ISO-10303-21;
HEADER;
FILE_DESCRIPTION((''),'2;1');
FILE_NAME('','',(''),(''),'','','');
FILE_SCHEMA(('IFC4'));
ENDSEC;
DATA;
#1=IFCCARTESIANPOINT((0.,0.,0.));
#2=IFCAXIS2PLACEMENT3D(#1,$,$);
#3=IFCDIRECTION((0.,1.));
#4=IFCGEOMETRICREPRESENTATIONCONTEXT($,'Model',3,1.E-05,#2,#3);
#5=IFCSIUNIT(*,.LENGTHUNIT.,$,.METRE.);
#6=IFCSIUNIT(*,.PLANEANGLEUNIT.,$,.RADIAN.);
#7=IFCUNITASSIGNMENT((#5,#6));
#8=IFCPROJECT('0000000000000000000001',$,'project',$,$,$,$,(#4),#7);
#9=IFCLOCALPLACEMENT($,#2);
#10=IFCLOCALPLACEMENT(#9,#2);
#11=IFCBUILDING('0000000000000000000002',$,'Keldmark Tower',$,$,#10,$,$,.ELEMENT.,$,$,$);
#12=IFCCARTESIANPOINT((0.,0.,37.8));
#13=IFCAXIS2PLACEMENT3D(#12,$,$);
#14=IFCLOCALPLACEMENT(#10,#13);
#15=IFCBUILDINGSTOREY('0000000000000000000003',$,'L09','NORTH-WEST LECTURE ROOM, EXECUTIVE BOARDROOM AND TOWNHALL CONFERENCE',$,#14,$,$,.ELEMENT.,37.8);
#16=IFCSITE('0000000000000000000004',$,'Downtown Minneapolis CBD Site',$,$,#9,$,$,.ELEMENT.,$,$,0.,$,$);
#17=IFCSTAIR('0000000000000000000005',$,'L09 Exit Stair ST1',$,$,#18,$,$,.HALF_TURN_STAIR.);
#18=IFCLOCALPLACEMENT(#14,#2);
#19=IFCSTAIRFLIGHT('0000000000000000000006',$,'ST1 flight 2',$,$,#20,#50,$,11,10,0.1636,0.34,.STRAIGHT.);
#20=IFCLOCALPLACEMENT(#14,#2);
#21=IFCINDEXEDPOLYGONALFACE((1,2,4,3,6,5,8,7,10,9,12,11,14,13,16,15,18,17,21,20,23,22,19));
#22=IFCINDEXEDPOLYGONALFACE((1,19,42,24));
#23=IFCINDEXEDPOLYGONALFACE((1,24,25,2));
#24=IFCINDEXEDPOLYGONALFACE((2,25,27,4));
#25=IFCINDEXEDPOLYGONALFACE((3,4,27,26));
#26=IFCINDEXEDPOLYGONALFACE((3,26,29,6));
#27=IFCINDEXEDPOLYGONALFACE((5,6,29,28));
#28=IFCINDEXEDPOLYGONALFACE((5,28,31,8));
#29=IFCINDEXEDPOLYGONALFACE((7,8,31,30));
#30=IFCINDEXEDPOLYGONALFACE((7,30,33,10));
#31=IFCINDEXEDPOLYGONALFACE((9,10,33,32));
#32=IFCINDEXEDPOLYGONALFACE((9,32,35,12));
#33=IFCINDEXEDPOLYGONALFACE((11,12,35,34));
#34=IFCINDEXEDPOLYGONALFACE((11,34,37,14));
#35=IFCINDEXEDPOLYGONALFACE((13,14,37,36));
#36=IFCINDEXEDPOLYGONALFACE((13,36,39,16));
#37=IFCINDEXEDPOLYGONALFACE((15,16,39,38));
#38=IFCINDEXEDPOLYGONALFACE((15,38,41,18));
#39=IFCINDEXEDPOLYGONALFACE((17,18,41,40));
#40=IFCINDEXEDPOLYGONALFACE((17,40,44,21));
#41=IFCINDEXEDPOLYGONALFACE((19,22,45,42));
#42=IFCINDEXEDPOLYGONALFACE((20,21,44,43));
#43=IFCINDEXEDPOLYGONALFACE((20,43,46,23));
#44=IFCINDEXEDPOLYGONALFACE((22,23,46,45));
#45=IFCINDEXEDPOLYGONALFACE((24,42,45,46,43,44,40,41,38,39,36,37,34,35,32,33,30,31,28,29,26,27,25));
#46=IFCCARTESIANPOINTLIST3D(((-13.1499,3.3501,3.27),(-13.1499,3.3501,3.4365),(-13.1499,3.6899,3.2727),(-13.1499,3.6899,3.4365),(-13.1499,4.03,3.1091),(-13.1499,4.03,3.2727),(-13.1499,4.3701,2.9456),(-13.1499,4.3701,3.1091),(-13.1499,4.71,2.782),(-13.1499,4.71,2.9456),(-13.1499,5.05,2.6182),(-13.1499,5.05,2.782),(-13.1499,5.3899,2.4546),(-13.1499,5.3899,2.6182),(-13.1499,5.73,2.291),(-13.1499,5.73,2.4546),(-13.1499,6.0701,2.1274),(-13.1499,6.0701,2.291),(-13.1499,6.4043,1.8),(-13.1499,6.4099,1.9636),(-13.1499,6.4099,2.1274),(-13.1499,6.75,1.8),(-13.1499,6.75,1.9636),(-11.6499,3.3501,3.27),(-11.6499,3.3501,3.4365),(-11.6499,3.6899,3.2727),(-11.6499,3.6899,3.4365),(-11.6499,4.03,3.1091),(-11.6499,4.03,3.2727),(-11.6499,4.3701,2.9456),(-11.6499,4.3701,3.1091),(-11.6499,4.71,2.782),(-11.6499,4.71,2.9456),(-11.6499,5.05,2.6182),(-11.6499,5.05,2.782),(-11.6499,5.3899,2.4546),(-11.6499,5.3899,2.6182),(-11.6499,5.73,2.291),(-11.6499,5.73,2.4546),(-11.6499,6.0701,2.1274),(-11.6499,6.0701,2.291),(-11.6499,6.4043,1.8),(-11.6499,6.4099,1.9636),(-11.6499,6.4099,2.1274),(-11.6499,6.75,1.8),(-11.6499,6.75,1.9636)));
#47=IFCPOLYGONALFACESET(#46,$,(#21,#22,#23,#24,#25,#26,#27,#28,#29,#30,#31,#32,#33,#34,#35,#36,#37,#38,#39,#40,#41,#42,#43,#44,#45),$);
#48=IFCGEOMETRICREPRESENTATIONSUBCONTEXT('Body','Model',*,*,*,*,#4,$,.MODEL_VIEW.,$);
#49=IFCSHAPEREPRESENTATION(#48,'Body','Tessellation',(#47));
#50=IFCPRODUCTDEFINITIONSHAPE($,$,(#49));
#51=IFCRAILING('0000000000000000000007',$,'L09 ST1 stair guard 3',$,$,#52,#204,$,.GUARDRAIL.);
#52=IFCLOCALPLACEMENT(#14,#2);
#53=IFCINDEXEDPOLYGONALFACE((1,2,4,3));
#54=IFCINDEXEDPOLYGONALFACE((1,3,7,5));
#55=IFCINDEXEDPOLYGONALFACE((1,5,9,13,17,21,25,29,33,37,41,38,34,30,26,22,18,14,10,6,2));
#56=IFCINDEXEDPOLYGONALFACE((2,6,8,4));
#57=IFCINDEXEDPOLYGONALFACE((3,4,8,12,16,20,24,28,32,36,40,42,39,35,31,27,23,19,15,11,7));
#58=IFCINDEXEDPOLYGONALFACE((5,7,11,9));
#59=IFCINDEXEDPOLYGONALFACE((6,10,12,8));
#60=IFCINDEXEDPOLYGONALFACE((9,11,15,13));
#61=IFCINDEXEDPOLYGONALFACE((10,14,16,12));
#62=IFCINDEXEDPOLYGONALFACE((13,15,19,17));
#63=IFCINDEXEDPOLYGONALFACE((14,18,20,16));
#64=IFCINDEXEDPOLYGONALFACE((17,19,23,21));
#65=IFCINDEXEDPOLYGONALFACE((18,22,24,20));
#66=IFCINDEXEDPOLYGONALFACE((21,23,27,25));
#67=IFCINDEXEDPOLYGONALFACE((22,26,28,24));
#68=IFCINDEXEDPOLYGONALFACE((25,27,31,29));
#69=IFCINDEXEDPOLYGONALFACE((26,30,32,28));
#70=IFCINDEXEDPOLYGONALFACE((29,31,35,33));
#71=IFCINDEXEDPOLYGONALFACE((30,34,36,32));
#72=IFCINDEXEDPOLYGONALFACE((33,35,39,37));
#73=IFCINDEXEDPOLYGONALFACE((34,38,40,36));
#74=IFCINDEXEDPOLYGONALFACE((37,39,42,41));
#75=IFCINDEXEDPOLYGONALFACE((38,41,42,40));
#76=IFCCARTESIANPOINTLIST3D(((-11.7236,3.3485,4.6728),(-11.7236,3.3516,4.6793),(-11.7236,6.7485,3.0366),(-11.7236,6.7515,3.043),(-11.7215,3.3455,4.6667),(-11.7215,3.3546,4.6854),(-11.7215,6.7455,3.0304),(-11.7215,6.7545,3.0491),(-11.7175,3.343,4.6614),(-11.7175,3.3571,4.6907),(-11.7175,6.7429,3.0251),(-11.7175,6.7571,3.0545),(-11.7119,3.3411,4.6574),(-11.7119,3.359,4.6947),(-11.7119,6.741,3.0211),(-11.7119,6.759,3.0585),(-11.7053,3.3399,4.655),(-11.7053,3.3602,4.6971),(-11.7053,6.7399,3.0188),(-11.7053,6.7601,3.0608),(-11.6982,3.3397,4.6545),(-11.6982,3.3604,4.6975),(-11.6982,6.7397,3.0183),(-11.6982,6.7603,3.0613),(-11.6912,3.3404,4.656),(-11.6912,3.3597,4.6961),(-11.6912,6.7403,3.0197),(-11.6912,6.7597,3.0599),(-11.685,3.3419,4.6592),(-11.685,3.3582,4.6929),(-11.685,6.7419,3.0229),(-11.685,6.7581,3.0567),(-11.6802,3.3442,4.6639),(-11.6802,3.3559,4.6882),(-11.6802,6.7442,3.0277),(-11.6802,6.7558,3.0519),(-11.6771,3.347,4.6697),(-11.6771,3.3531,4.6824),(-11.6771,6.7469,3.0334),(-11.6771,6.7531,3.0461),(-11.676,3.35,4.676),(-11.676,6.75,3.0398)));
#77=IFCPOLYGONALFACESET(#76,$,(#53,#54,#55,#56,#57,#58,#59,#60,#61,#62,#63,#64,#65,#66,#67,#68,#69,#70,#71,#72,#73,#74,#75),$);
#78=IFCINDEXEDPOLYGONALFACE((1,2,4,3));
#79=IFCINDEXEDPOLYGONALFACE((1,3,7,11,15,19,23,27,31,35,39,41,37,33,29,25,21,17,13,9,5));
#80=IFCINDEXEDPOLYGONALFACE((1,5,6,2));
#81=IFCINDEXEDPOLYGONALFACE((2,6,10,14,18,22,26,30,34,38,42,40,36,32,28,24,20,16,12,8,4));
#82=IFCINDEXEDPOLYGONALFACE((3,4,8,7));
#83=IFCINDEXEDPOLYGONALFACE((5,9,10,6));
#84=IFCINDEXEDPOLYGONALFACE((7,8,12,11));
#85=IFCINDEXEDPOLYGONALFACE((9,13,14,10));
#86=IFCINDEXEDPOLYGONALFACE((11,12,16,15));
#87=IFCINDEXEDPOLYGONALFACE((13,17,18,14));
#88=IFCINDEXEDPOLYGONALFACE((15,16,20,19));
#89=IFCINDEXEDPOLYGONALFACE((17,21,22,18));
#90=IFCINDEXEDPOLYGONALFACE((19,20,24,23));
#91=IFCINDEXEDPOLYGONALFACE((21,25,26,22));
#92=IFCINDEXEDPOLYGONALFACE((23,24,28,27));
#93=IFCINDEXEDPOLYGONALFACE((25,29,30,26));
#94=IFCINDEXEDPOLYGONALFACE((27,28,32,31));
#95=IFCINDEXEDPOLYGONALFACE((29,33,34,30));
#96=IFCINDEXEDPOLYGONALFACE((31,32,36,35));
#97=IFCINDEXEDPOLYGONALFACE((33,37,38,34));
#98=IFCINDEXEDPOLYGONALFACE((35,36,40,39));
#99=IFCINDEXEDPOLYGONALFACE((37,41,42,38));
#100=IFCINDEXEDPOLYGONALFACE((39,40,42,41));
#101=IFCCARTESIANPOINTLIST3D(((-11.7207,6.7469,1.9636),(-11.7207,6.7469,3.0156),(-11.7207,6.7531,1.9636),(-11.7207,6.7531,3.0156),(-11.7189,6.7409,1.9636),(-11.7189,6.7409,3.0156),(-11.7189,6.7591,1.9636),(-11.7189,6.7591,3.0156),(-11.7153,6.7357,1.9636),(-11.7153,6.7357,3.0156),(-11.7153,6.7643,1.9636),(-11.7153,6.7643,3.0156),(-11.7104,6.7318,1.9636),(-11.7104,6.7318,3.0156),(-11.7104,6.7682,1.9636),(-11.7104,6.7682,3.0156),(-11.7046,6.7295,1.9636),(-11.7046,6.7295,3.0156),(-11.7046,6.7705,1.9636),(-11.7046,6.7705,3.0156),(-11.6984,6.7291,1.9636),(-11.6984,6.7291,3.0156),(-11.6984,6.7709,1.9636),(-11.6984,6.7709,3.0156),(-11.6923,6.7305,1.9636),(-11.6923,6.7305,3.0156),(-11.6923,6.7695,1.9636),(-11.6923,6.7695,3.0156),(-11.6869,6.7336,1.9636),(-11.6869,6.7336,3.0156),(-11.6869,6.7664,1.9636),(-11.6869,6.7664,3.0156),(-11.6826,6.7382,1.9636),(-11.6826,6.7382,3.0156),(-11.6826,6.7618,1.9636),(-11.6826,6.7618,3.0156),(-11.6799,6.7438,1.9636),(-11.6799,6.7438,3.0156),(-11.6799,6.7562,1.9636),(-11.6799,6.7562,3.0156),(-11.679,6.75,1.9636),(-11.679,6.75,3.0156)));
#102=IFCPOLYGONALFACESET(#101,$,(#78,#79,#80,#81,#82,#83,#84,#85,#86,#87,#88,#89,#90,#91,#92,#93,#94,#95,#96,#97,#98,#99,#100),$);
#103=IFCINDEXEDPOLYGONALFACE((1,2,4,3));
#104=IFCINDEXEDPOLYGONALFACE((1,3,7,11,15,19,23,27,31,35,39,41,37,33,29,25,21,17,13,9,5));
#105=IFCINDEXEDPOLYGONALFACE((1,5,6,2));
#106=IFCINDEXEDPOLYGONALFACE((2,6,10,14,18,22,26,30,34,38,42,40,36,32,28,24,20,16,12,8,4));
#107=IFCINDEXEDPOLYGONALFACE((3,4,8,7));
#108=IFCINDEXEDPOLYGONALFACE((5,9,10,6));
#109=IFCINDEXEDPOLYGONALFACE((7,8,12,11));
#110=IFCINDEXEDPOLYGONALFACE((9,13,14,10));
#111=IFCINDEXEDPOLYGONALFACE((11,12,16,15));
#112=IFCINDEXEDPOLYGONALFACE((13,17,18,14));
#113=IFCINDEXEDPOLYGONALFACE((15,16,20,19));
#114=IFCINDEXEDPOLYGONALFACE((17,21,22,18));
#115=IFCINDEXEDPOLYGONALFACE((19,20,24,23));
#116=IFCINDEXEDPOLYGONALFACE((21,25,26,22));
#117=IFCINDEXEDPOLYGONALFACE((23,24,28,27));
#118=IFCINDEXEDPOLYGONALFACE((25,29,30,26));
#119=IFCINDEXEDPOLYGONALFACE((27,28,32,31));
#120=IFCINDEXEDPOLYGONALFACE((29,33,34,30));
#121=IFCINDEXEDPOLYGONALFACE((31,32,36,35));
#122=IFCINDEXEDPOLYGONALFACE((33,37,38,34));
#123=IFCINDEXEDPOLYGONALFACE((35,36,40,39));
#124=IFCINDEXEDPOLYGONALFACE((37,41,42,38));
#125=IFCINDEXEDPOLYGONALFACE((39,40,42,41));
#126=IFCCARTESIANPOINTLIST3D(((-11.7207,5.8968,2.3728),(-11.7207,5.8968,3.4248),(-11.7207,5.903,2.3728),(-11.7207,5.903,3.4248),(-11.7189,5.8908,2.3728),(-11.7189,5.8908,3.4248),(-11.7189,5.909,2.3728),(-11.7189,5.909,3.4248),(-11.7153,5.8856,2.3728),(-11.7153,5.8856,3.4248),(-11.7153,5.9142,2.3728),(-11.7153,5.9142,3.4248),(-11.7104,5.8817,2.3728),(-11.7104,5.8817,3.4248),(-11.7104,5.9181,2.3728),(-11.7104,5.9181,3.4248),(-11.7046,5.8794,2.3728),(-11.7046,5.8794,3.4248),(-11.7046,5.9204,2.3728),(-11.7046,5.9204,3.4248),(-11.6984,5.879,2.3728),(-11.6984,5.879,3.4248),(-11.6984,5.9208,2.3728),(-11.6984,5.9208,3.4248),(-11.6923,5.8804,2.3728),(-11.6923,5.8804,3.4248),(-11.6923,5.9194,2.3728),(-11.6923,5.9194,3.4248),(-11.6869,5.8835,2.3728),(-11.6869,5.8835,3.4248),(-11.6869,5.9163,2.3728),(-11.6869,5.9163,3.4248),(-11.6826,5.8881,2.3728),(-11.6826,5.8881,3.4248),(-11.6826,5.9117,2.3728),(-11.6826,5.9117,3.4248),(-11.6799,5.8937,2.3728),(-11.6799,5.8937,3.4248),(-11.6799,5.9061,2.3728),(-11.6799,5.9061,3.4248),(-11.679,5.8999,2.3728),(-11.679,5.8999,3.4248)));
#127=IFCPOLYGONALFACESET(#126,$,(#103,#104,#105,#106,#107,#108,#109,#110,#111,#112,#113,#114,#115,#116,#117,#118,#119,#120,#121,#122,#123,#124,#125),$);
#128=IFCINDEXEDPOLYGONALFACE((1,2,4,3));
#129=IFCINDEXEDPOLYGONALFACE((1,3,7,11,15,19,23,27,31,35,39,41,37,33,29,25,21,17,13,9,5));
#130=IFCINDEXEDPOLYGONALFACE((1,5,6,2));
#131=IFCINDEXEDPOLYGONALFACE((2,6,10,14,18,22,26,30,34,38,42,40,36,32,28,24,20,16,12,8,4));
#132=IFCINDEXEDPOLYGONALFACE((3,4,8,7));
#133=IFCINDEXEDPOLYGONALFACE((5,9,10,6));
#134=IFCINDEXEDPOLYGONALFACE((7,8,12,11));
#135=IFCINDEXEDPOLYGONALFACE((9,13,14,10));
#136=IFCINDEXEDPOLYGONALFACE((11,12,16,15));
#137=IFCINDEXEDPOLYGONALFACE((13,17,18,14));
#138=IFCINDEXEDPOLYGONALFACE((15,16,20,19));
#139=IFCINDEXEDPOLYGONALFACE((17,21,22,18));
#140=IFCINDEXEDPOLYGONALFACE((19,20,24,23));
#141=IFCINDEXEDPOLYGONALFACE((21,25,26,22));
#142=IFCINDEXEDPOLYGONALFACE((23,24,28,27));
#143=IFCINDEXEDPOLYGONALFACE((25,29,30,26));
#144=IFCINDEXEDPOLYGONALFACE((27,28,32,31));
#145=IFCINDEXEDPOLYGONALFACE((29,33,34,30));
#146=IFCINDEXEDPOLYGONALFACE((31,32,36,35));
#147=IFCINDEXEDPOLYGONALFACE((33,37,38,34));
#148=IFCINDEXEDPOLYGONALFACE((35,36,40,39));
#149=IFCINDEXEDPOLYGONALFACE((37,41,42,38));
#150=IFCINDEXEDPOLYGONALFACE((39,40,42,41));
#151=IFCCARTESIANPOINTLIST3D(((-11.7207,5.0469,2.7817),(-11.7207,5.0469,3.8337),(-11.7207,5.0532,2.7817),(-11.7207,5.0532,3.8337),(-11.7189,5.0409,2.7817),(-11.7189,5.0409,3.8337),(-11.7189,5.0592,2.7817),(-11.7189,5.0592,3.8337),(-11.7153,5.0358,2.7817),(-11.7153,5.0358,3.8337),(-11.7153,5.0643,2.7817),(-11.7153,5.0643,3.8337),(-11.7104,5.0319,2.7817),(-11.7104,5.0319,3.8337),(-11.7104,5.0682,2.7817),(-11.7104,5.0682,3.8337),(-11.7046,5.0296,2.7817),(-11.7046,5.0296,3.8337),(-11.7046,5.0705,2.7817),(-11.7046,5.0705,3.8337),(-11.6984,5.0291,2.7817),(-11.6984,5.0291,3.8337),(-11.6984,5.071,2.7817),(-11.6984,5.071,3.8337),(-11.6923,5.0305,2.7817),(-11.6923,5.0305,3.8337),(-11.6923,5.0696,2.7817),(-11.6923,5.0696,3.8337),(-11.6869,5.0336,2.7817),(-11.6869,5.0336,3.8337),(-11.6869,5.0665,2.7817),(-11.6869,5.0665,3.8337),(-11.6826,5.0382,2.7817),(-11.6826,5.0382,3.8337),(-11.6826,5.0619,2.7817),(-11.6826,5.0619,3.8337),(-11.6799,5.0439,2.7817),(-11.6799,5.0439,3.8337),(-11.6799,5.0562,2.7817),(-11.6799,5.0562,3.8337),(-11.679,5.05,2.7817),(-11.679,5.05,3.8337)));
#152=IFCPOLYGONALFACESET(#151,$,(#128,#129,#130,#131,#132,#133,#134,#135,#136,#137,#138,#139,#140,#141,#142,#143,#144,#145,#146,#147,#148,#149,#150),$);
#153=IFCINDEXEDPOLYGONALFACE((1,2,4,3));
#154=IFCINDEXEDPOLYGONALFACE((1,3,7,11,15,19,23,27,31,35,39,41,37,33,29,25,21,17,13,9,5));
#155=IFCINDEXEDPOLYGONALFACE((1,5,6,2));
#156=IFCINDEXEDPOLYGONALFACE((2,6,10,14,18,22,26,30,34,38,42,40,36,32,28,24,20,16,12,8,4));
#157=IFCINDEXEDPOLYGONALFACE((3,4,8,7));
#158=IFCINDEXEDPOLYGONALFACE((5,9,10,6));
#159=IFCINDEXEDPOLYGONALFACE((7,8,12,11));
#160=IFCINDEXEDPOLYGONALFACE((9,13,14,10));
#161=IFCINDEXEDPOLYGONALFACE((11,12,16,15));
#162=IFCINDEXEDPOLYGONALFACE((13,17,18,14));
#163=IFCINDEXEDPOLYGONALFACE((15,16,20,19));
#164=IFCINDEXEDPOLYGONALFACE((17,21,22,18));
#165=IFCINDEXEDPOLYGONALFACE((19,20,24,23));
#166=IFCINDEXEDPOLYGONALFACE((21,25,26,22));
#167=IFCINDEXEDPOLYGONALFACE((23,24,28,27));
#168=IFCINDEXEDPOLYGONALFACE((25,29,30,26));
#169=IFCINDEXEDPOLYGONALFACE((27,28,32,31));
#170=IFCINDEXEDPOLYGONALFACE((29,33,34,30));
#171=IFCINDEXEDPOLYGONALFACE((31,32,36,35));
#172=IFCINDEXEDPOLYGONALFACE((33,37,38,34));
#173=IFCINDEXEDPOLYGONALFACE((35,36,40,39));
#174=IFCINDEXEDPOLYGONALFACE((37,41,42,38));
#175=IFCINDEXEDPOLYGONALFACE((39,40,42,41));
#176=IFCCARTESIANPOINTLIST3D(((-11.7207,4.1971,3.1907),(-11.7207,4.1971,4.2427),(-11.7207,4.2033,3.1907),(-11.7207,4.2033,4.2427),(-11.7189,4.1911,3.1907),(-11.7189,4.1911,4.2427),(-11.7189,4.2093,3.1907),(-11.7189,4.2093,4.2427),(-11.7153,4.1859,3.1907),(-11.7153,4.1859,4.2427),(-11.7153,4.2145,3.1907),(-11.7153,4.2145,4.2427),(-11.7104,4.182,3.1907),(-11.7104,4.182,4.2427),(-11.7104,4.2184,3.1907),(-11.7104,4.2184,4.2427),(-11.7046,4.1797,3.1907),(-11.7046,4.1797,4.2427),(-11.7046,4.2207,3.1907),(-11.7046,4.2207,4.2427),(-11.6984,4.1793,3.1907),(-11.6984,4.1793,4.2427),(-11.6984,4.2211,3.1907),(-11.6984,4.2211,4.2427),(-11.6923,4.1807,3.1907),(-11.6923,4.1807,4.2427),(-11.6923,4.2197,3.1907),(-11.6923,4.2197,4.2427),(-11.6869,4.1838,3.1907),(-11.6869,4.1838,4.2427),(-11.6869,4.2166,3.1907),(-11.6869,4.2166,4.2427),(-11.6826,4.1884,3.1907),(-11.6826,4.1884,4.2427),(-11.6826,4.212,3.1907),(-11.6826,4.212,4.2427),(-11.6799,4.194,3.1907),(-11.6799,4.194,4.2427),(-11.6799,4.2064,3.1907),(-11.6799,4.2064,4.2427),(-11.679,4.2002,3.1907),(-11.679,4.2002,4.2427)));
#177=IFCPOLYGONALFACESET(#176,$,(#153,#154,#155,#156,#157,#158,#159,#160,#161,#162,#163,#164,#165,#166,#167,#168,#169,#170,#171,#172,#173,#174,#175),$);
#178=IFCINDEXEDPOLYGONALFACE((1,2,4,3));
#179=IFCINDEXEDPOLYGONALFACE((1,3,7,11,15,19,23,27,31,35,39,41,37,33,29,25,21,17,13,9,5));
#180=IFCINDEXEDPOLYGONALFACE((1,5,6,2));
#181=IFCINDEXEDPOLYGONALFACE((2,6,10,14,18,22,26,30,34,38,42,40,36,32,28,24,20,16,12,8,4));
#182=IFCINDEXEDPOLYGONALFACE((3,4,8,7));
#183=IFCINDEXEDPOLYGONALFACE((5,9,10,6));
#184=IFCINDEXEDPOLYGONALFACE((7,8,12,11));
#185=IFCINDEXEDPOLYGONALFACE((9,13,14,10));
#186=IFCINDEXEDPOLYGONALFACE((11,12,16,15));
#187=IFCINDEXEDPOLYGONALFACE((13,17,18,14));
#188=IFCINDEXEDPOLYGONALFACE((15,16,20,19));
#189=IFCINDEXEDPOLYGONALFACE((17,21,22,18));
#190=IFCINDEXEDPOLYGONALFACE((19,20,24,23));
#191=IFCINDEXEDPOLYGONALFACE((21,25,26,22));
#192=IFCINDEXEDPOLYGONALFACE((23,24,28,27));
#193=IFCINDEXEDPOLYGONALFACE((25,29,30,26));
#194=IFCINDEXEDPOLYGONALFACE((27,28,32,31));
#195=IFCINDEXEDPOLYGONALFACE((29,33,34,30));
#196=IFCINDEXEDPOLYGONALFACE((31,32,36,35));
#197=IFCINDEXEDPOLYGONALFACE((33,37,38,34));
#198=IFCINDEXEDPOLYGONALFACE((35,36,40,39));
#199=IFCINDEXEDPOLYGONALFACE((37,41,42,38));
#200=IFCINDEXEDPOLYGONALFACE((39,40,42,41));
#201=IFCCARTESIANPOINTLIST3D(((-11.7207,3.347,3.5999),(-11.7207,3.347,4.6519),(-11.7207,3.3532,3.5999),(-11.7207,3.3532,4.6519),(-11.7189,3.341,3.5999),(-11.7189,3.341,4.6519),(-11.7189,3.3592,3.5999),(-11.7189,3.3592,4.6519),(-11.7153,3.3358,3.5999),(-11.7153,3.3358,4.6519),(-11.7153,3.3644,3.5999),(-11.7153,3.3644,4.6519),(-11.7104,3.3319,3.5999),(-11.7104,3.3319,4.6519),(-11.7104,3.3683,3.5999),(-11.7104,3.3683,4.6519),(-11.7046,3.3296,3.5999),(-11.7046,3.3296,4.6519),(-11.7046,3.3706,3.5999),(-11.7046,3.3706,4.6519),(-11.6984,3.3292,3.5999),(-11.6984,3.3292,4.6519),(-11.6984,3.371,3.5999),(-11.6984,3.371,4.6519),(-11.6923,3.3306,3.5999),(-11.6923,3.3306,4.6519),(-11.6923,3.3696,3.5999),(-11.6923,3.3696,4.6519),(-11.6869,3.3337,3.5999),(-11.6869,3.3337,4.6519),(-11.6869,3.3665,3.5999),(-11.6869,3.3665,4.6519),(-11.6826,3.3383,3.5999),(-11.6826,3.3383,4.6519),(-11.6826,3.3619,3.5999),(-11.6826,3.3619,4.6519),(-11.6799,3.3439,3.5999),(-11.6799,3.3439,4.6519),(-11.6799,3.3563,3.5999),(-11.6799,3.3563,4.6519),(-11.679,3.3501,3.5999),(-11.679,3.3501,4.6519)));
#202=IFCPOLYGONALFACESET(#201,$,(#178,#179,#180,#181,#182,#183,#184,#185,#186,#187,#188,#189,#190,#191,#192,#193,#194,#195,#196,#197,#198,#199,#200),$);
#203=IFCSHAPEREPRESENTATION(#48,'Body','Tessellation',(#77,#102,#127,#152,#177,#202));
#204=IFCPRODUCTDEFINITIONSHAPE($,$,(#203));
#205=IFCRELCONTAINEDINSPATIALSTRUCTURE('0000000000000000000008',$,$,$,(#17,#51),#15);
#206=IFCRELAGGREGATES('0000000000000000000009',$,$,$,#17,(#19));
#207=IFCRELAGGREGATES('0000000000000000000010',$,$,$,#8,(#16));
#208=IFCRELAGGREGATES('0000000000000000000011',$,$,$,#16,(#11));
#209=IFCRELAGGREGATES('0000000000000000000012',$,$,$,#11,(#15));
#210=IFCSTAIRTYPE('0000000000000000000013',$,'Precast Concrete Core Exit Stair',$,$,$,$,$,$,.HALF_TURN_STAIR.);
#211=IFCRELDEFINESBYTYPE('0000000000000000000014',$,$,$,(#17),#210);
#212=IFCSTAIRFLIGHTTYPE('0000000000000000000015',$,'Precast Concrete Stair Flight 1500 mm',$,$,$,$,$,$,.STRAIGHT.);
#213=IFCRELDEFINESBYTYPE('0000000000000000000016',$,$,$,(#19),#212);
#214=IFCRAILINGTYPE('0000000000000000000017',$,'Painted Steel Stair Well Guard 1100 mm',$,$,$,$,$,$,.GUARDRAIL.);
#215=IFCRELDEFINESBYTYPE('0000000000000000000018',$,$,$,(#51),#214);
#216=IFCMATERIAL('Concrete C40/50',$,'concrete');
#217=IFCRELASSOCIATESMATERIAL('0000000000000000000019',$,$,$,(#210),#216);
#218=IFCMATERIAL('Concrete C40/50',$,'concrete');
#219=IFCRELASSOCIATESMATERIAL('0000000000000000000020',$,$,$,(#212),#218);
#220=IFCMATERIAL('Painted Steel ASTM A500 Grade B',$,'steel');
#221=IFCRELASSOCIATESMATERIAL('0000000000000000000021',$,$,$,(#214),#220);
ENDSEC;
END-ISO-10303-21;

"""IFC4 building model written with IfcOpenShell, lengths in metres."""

from ifc_helpers import new_model, si_unit, direction, frame, origin, origin_2d, place, context, subcontext, project, spatial, polyline, circle, outline, extrude, material, type_object, element, aggregate, save


model = new_model("IFC4")

# Units and contexts
model_context = context("Model", 3, precision=1e-05, world=origin(), true_north=direction((0.0, 1.0)))
body_context = subcontext(model_context, "Body", "Model", "MODEL_VIEW")
ifc_project = project(units=[si_unit("LENGTHUNIT", "METRE"), si_unit("PLANEANGLEUNIT", "RADIAN")], contexts=[model_context])

# Site, building, storey
site_placement = place(None, origin())
site = spatial("IfcSite", under=ifc_project, at=site_placement, Name="Downtown Minneapolis CBD Site", CompositionType="ELEMENT", RefElevation=0.0)
building_placement = place(site_placement, origin())
building = spatial("IfcBuilding", under=site, at=building_placement, Name="Keldmark Tower", CompositionType="ELEMENT")
storey_placement = place(building_placement, frame((0.0, 0.0, 37.8)))
storey = spatial("IfcBuildingStorey", under=building, at=storey_placement, Name="L09", Description="NORTH-WEST LECTURE ROOM, EXECUTIVE BOARDROOM AND TOWNHALL CONFERENCE", CompositionType="ELEMENT", Elevation=37.8)

# Stair, stair flight
ifc_material_1 = material(Name="Concrete C40/50", Category="concrete")
stair_type = type_object("IfcStairType", Name="Precast Concrete Core Exit Stair", PredefinedType="HALF_TURN_STAIR", material=ifc_material_1)
stair_placement = place(storey_placement, origin())
stair = element("IfcStair", 1, at=stair_placement, inside=storey, type_object=stair_type, Name="L09 Exit Stair ST1", PredefinedType="HALF_TURN_STAIR")
ifc_material_2 = material(Name="Concrete C40/50", Category="concrete")
stair_flight_type = type_object("IfcStairFlightType", Name="Precast Concrete Stair Flight 1500 mm", PredefinedType="STRAIGHT", material=ifc_material_2)
stair_flight_placement = place(storey_placement, frame((-12.3999, 6.75, 1.8), z_axis=(0.0, 0.0, 1.0), x_axis=(0.0, -1.0, 0.0)))
stair_flight = element("IfcStairFlight", 2, at=stair_flight_placement, type_object=stair_flight_type, Name="ST1 flight 2", NumberOfRisers=11, NumberOfTreads=10, PredefinedType="STRAIGHT", RiserHeight=0.1636, TreadLength=0.34, context=body_context, shape_type="SweptSolid", body=[
    extrude(outline(polyline([(0.0, 0.0), (0.0, 0.1636), (0.3401, 0.1636), (0.3401, 0.3274), (0.6799, 0.3274), (0.6799, 0.491), (1.02, 0.491), (1.02, 0.6545), (1.3601, 0.6545), (1.3601, 0.8181), (1.7, 0.8181), (1.7, 0.9819), (2.04, 0.9819), (2.04, 1.1455), (2.3799, 1.1455), (2.3799, 1.3091), (2.72, 1.3091), (2.72, 1.4727), (3.0601, 1.4727), (3.0601, 1.6365), (3.3999, 1.6365), (3.3999, 1.8), (3.3999, 1.47), (0.3457, 0.0), (0.0, 0.0)])), frame((0.0, 0.75, 0.0), z_axis=(0.0, -1.0, 0.0), x_axis=(1.0, 0.0, 0.0)), (0.0, 0.0, 1.0), 1.5),
])
aggregate(stair, [stair_flight])

# Railing
ifc_material_3 = material(Name="Painted Steel ASTM A500 Grade B", Category="steel")
railing_type_1 = type_object("IfcRailingType", Name="Painted Steel Stair Well Guard 1100 mm", PredefinedType="GUARDRAIL", material=ifc_material_3)
railing_1_placement = place(storey_placement, frame((-11.7, 6.75, 1.9636)))
element("IfcRailing", 3, at=railing_1_placement, inside=storey, type_object=railing_type_1, Name="L09 ST1 stair guard 3", PredefinedType="GUARDRAIL", context=body_context, shape_type="SweptSolid", body=[
    extrude(circle(Radius=0.0239, at=origin_2d()), frame((0.0, 0.0, 1.0762), z_axis=(0.0, -0.90108, 0.433652), x_axis=(1.0, 0.0, 0.0)), (0.0, 0.0, 1.0), 3.7732),
    extrude(circle(Radius=0.021, at=origin_2d()), origin(), (0.0, 0.0, 1.0), 1.052),
    extrude(circle(Radius=0.021, at=origin_2d()), frame((0.0, -0.8501, 0.4092)), (0.0, 0.0, 1.0), 1.052),
    extrude(circle(Radius=0.021, at=origin_2d()), frame((0.0, -1.7, 0.8181)), (0.0, 0.0, 1.0), 1.052),
    extrude(circle(Radius=0.021, at=origin_2d()), frame((0.0, -2.5498, 1.2271)), (0.0, 0.0, 1.0), 1.052),
    extrude(circle(Radius=0.021, at=origin_2d()), frame((0.0, -3.3999, 1.6362)), (0.0, 0.0, 1.0), 1.052),
])

save(model, "model.ifc")
